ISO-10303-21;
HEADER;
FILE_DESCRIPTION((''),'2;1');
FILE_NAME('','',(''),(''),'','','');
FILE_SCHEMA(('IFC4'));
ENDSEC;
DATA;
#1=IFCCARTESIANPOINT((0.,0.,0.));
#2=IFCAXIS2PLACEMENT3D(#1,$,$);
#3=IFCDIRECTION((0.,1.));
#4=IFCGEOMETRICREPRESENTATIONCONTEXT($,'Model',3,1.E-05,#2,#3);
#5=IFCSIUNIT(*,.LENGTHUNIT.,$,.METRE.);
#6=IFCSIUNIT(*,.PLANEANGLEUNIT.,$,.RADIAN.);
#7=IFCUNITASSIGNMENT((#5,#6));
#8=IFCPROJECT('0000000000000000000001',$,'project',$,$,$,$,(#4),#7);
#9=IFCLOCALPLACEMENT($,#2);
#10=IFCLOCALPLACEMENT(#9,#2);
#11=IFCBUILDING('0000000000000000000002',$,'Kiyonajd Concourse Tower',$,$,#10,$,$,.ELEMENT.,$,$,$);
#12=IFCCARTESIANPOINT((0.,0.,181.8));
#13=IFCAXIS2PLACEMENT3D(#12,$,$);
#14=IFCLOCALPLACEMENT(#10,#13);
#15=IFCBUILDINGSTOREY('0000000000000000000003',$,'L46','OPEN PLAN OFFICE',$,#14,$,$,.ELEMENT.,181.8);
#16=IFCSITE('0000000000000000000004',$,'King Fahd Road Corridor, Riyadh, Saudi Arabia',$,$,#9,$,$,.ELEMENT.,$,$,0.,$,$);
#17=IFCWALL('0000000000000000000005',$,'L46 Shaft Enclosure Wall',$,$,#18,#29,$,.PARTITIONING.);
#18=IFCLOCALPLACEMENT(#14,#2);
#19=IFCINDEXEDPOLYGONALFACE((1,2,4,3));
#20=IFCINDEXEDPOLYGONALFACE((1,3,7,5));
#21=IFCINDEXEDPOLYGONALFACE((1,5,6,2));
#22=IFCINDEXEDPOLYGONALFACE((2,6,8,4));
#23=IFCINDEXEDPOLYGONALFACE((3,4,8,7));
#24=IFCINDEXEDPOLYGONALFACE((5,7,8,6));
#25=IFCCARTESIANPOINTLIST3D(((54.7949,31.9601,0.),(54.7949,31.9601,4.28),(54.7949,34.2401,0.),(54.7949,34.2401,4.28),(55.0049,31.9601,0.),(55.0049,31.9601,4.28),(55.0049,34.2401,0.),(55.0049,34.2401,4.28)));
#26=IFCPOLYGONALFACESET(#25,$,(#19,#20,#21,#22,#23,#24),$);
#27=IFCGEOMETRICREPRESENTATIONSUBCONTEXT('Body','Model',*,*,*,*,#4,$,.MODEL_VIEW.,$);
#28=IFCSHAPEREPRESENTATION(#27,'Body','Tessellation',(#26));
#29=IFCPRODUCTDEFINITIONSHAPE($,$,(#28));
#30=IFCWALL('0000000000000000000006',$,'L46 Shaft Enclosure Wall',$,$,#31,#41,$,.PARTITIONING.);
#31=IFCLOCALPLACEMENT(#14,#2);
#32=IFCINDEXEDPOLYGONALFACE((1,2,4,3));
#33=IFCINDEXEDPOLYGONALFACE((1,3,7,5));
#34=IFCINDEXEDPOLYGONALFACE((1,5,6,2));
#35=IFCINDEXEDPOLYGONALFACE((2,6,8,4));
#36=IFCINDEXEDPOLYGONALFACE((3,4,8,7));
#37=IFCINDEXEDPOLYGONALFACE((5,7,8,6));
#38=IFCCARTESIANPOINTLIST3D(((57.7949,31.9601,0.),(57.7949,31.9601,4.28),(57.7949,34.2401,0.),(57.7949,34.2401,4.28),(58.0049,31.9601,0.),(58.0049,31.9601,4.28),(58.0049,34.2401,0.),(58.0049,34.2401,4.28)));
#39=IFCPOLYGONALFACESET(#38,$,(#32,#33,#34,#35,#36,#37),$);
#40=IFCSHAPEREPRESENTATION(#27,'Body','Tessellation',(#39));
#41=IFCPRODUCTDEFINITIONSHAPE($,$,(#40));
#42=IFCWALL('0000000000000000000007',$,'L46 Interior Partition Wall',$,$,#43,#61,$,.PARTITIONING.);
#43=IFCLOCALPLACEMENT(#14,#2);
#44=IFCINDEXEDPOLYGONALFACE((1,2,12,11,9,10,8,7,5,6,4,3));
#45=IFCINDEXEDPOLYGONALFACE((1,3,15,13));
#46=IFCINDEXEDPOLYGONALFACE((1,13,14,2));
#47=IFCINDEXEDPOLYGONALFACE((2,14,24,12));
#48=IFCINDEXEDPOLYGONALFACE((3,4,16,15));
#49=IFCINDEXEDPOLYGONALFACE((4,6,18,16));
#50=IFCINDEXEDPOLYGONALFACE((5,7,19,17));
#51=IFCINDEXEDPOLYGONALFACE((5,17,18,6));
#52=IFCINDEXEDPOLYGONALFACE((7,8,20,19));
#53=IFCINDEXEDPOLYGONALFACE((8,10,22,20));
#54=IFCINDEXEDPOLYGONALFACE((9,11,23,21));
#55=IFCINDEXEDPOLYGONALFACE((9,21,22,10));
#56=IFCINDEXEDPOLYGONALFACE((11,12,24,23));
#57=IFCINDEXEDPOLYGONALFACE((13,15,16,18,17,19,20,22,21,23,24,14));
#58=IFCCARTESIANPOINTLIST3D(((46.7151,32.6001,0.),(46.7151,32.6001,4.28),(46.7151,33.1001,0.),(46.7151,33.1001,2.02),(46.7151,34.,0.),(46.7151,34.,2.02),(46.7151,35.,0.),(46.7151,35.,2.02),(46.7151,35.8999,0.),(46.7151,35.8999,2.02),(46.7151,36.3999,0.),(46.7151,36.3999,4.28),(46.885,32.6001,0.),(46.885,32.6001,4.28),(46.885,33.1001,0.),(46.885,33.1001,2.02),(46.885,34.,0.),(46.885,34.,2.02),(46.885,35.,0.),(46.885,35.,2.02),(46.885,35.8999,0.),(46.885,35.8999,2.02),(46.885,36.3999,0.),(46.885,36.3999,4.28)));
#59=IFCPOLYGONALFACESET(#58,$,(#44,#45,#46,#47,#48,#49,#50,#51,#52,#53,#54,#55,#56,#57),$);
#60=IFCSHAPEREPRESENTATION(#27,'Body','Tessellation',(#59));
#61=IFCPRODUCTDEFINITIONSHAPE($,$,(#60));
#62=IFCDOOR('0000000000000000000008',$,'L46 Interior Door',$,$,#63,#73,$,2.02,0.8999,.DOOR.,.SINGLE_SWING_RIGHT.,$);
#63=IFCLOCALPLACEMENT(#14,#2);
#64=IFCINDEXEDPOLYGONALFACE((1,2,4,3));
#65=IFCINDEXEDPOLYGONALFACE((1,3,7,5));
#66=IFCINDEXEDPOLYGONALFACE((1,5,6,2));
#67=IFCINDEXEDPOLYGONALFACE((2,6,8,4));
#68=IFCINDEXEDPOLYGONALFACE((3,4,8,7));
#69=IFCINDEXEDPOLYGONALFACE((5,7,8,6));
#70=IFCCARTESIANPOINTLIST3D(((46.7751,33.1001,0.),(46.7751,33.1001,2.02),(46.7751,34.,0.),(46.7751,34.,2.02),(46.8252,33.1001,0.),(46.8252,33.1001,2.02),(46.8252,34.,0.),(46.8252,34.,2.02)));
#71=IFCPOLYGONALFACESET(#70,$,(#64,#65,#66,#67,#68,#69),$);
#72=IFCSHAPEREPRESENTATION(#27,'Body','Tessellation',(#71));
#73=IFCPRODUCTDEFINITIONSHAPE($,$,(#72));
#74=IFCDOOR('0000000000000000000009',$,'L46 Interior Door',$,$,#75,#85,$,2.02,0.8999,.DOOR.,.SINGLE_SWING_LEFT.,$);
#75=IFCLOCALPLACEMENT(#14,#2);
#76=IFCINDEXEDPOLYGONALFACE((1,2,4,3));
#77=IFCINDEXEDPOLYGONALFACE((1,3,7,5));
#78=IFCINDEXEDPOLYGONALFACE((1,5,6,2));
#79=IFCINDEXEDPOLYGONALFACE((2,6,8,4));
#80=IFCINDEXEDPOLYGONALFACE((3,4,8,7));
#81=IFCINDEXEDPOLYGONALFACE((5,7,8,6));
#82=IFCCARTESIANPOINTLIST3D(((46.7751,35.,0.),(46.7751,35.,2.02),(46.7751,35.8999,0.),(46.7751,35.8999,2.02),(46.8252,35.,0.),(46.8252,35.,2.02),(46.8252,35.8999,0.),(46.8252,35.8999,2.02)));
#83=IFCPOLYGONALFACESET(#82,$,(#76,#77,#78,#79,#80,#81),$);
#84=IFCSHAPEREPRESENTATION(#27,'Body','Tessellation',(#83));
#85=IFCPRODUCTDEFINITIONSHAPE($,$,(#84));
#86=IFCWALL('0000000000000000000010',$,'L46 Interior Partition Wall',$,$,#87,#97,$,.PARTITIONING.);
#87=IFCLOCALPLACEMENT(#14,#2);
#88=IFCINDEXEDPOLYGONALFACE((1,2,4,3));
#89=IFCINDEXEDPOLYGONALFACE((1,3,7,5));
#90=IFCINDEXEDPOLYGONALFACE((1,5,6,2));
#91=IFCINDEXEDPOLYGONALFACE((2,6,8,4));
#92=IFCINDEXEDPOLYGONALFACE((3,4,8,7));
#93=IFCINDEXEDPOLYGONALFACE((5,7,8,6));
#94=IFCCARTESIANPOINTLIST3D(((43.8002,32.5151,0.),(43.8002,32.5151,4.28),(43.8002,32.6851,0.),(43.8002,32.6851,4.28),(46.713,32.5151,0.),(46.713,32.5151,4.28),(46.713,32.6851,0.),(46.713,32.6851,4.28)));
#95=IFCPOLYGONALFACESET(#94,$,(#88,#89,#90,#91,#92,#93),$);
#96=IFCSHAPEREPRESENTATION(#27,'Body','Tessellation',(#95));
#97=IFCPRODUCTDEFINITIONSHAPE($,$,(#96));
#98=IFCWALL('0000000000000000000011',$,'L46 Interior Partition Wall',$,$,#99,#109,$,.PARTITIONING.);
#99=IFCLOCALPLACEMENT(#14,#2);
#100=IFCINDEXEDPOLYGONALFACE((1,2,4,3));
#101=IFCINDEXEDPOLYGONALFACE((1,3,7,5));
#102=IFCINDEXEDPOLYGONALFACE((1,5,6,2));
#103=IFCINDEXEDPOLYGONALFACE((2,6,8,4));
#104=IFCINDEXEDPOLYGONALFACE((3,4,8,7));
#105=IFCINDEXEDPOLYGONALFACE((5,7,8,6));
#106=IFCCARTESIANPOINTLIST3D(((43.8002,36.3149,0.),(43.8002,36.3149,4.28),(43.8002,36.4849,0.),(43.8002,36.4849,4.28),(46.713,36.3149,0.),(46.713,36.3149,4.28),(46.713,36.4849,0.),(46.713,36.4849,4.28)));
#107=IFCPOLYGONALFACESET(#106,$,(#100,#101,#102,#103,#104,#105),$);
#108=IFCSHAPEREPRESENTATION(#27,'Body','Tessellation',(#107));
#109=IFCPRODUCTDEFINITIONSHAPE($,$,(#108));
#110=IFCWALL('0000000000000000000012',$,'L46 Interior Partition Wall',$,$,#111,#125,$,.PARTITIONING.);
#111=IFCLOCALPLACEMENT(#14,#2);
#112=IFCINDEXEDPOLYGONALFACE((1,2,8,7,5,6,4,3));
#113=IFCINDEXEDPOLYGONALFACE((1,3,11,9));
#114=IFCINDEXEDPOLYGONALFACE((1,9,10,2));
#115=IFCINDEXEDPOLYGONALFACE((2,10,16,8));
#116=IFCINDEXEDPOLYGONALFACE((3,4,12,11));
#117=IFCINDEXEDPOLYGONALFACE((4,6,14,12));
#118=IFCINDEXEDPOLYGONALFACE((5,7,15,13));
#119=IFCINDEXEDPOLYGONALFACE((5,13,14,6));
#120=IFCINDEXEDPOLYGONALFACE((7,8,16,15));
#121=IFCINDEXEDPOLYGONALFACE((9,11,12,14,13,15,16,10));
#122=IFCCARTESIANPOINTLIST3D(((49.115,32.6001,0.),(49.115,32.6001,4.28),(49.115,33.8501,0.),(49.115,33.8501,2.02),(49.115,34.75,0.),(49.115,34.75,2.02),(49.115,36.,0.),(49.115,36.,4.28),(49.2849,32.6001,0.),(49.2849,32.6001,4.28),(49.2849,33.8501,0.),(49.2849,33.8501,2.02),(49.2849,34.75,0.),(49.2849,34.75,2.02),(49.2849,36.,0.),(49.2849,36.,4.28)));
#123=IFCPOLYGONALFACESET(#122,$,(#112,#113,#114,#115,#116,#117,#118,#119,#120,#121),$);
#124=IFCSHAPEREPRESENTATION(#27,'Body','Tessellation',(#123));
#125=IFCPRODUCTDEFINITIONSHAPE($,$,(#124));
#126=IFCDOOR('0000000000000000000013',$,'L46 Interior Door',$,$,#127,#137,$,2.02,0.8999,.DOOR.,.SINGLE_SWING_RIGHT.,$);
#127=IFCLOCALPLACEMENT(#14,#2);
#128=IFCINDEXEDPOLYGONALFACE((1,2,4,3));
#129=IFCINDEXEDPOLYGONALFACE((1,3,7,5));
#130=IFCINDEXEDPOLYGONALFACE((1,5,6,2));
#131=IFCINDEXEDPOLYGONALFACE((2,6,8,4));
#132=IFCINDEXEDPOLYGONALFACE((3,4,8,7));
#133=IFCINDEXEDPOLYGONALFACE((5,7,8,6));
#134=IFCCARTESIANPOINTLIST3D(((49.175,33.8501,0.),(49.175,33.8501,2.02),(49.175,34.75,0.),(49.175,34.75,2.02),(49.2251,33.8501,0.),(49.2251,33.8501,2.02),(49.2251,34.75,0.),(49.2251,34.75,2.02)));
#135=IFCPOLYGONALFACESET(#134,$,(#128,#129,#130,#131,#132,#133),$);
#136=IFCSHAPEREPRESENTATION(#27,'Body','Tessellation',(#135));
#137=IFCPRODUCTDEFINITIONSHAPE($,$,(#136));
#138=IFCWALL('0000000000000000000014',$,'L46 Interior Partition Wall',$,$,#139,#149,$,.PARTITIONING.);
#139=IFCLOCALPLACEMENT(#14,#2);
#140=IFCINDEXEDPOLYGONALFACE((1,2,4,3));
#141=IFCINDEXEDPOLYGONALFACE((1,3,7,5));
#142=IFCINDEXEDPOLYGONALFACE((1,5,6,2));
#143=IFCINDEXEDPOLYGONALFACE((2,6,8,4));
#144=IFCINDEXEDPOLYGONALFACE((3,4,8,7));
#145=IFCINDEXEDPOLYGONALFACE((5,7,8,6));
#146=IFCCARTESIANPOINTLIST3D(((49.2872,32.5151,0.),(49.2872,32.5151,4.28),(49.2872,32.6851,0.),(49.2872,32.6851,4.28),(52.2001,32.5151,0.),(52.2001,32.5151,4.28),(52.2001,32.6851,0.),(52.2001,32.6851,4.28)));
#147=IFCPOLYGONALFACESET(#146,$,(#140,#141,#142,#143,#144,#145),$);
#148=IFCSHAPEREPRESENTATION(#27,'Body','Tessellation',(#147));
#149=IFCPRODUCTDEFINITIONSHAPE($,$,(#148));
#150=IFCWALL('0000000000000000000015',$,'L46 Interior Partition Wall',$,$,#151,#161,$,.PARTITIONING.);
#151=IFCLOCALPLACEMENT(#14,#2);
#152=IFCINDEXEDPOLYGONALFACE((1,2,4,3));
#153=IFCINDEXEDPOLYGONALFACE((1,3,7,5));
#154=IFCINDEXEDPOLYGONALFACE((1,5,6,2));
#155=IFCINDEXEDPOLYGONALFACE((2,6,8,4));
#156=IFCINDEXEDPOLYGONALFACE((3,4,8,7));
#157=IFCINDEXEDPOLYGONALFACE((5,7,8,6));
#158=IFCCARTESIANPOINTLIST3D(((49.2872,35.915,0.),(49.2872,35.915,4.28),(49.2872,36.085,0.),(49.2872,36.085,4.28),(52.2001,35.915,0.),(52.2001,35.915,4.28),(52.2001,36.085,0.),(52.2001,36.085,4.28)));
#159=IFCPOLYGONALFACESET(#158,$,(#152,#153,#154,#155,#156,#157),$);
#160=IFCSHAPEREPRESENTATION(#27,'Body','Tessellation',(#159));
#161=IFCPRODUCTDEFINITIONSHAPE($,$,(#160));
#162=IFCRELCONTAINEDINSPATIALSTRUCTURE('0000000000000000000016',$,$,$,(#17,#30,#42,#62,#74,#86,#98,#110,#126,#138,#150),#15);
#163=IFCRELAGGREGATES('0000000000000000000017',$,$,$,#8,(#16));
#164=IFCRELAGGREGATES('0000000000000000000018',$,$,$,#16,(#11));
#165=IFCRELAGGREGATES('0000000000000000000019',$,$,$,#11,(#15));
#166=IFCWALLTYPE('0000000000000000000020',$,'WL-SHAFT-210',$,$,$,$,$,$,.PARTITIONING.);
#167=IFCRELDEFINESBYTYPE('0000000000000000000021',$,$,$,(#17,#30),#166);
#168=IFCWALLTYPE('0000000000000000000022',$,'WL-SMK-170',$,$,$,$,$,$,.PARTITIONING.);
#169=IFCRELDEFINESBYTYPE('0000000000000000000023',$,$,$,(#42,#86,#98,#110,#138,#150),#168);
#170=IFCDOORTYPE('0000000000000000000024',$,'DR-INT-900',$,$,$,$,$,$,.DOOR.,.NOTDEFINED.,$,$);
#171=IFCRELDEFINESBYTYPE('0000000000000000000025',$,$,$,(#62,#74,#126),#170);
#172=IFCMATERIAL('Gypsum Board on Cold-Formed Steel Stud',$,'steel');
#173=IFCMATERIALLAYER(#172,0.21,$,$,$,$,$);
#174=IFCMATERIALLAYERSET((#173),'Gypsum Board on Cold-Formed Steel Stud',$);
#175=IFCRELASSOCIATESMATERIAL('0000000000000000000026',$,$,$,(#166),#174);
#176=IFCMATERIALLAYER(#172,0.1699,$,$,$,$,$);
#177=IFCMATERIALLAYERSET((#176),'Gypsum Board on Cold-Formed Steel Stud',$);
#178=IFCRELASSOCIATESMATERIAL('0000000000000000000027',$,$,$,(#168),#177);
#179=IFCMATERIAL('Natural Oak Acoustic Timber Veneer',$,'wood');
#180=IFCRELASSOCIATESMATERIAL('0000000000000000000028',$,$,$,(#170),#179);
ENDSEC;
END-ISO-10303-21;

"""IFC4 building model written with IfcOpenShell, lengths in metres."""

from ifc_helpers import new_model, si_unit, direction, frame, frame_2d, origin, place, context, subcontext, project, spatial, rectangle, extrude, material, layer, layer_set, type_object, element, fill, save


model = new_model("IFC4")

# Units and contexts
model_context = context("Model", 3, precision=1e-05, world=origin(), true_north=direction((0.0, 1.0)))
body_context = subcontext(model_context, "Body", "Model", "MODEL_VIEW")
ifc_project = project(units=[si_unit("LENGTHUNIT", "METRE"), si_unit("PLANEANGLEUNIT", "RADIAN")], contexts=[model_context])

# Site, building, storey
site_placement = place(None, origin())
site = spatial("IfcSite", under=ifc_project, at=site_placement, Name="King Fahd Road Corridor, Riyadh, Saudi Arabia", CompositionType="ELEMENT", RefElevation=0.0)
building_placement = place(site_placement, origin())
building = spatial("IfcBuilding", under=site, at=building_placement, Name="Kiyonajd Concourse Tower", CompositionType="ELEMENT")
storey_placement = place(building_placement, frame((0.0, 0.0, 181.8)))
storey = spatial("IfcBuildingStorey", under=building, at=storey_placement, Name="L46", Description="OPEN PLAN OFFICE", CompositionType="ELEMENT", Elevation=181.8)

# Shared definitions
ifc_material_1 = material(Name="Gypsum Board on Cold-Formed Steel Stud", Category="steel")

# Shared definitions
ifc_layer_1 = layer(ifc_material_1, 0.21)
ifc_layer_set_1 = layer_set([ifc_layer_1], Name="Gypsum Board on Cold-Formed Steel Stud")
wall_type_1 = type_object("IfcWallType", Name="WL-SHAFT-210", PredefinedType="PARTITIONING", material=ifc_layer_set_1)

# Walls
for number, where, z_axis, x_axis, name in (
    (1, (54.8999, 31.96, 0.0), (0.0, 0.0, 1.0), (0.0, 1.0, 0.0), "L46 Shaft Enclosure Wall"),
    (2, (57.8999, 31.96, 0.0), (0.0, 0.0, 1.0), (0.0, 1.0, 0.0), "L46 Shaft Enclosure Wall"),
):
    element("IfcWall", number, at=place(storey_placement, frame(where, z_axis=z_axis, x_axis=x_axis)), inside=storey, type_object=wall_type_1, Name=name, PredefinedType="PARTITIONING", context=body_context, shape_type="SweptSolid", body=[
        extrude(rectangle(XDim=2.28, YDim=0.21, at=frame_2d((1.1401, 0.0))), origin(), (0.0, 0.0, 1.0), 4.28),
    ])

# Wall, openings, doors
ifc_layer_2 = layer(ifc_material_1, 0.1699)
ifc_layer_set_2 = layer_set([ifc_layer_2], Name="Gypsum Board on Cold-Formed Steel Stud")
wall_type_2 = type_object("IfcWallType", Name="WL-SMK-170", PredefinedType="PARTITIONING", material=ifc_layer_set_2)
wall_1_placement = place(storey_placement, frame((46.8, 32.6001, 0.0), z_axis=(0.0, 0.0, 1.0), x_axis=(0.0, 1.0, 0.0)))
wall_1 = element("IfcWall", 3, at=wall_1_placement, inside=storey, type_object=wall_type_2, Name="L46 Interior Partition Wall", PredefinedType="PARTITIONING", context=body_context, shape_type="SweptSolid", body=[
    extrude(rectangle(XDim=3.7998, YDim=0.1699, at=frame_2d((1.8999, 0.0))), origin(), (0.0, 0.0, 1.0), 4.28),
])
opening_1_placement = place(wall_1_placement, frame((0.5, 0.0, 0.0)))
opening_1 = element("IfcOpeningElement", 4, at=opening_1_placement, cuts=wall_1, PredefinedType="OPENING", context=body_context, shape_type="SweptSolid", body=[
    extrude(rectangle(XDim=0.8999, YDim=2.02, at=frame_2d((0.45, 1.01))), frame((0.0, 0.095, 0.0), z_axis=(0.0, -1.0, 0.0), x_axis=(1.0, 0.0, 0.0)), (0.0, 0.0, 1.0), 0.1899),
])
opening_2_placement = place(wall_1_placement, frame((2.3999, 0.0, 0.0)))
opening_2 = element("IfcOpeningElement", 5, at=opening_2_placement, cuts=wall_1, PredefinedType="OPENING", context=body_context, shape_type="SweptSolid", body=[
    extrude(rectangle(XDim=0.8999, YDim=2.02, at=frame_2d((0.45, 1.01))), frame((0.0, 0.095, 0.0), z_axis=(0.0, -1.0, 0.0), x_axis=(1.0, 0.0, 0.0)), (0.0, 0.0, 1.0), 0.1899),
])
ifc_material_2 = material(Name="Natural Oak Acoustic Timber Veneer", Category="wood")
door_type_1 = type_object("IfcDoorType", Name="DR-INT-900", OperationType="NOTDEFINED", PredefinedType="DOOR", material=ifc_material_2)
door_1_placement = place(opening_1_placement, origin())
door_1 = element("IfcDoor", 6, at=door_1_placement, inside=storey, type_object=door_type_1, Name="L46 Interior Door", OperationType="SINGLE_SWING_RIGHT", OverallHeight=2.02, OverallWidth=0.8999, PredefinedType="DOOR", context=body_context, shape_type="SweptSolid", body=[
    extrude(rectangle(XDim=0.8999, YDim=2.02, at=frame_2d((0.45, 1.01))), frame((0.0, 0.0249, 0.0), z_axis=(0.0, -1.0, 0.0), x_axis=(1.0, 0.0, 0.0)), (0.0, 0.0, 1.0), 0.05),
])
fill(opening_1, door_1)
door_2_placement = place(opening_2_placement, origin())
door_2 = element("IfcDoor", 7, at=door_2_placement, inside=storey, type_object=door_type_1, Name="L46 Interior Door", OperationType="SINGLE_SWING_LEFT", OverallHeight=2.02, OverallWidth=0.8999, PredefinedType="DOOR", context=body_context, shape_type="SweptSolid", body=[
    extrude(rectangle(XDim=0.8999, YDim=2.02, at=frame_2d((0.45, 1.01))), frame((0.0, 0.0249, 0.0), z_axis=(0.0, -1.0, 0.0), x_axis=(1.0, 0.0, 0.0)), (0.0, 0.0, 1.0), 0.05),
])
fill(opening_2, door_2)

# Walls
for number, where, z_axis, x_axis, name in (
    (8, (43.8, 32.6001, 0.0), (0.0, 0.0, 1.0), (1.0, 0.0, 0.0), "L46 Interior Partition Wall"),
    (9, (43.8, 36.3999, 0.0), (0.0, 0.0, 1.0), (1.0, 0.0, 0.0), "L46 Interior Partition Wall"),
):
    element("IfcWall", number, at=place(storey_placement, frame(where, z_axis=z_axis, x_axis=x_axis)), inside=storey, type_object=wall_type_2, Name=name, PredefinedType="PARTITIONING", context=body_context, shape_type="SweptSolid", body=[
        extrude(rectangle(XDim=2.9128, YDim=0.1699, at=frame_2d((1.4565, 0.0))), origin(), (0.0, 0.0, 1.0), 4.28),
    ])

# Wall, opening, door
wall_2_placement = place(storey_placement, frame((49.2, 32.6001, 0.0), z_axis=(0.0, 0.0, 1.0), x_axis=(0.0, 1.0, 0.0)))
wall_2 = element("IfcWall", 10, at=wall_2_placement, inside=storey, type_object=wall_type_2, Name="L46 Interior Partition Wall", PredefinedType="PARTITIONING", context=body_context, shape_type="SweptSolid", body=[
    extrude(rectangle(XDim=3.3999, YDim=0.1699, at=frame_2d((1.7, 0.0))), origin(), (0.0, 0.0, 1.0), 4.28),
])
opening_3_placement = place(wall_2_placement, frame((1.25, 0.0, 0.0)))
opening_3 = element("IfcOpeningElement", 11, at=opening_3_placement, cuts=wall_2, PredefinedType="OPENING", context=body_context, shape_type="SweptSolid", body=[
    extrude(rectangle(XDim=0.8999, YDim=2.02, at=frame_2d((0.45, 1.01))), frame((0.0, 0.095, 0.0), z_axis=(0.0, -1.0, 0.0), x_axis=(1.0, 0.0, 0.0)), (0.0, 0.0, 1.0), 0.1899),
])
door_3_placement = place(opening_3_placement, origin())
door_3 = element("IfcDoor", 12, at=door_3_placement, inside=storey, type_object=door_type_1, Name="L46 Interior Door", OperationType="SINGLE_SWING_RIGHT", OverallHeight=2.02, OverallWidth=0.8999, PredefinedType="DOOR", context=body_context, shape_type="SweptSolid", body=[
    extrude(rectangle(XDim=0.8999, YDim=2.02, at=frame_2d((0.45, 1.01))), frame((0.0, 0.0249, 0.0), z_axis=(0.0, -1.0, 0.0), x_axis=(1.0, 0.0, 0.0)), (0.0, 0.0, 1.0), 0.05),
])
fill(opening_3, door_3)

# Walls
for number, where, z_axis, x_axis, name in (
    (13, (49.2871, 32.6001, 0.0), (0.0, 0.0, 1.0), (1.0, 0.0, 0.0), "L46 Interior Partition Wall"),
    (14, (49.2871, 36.0, 0.0), (0.0, 0.0, 1.0), (1.0, 0.0, 0.0), "L46 Interior Partition Wall"),
):
    element("IfcWall", number, at=place(storey_placement, frame(where, z_axis=z_axis, x_axis=x_axis)), inside=storey, type_object=wall_type_2, Name=name, PredefinedType="PARTITIONING", context=body_context, shape_type="SweptSolid", body=[
        extrude(rectangle(XDim=2.9128, YDim=0.1699, at=frame_2d((1.4565, 0.0))), origin(), (0.0, 0.0, 1.0), 4.28),
    ])

save(model, "model.ifc")
